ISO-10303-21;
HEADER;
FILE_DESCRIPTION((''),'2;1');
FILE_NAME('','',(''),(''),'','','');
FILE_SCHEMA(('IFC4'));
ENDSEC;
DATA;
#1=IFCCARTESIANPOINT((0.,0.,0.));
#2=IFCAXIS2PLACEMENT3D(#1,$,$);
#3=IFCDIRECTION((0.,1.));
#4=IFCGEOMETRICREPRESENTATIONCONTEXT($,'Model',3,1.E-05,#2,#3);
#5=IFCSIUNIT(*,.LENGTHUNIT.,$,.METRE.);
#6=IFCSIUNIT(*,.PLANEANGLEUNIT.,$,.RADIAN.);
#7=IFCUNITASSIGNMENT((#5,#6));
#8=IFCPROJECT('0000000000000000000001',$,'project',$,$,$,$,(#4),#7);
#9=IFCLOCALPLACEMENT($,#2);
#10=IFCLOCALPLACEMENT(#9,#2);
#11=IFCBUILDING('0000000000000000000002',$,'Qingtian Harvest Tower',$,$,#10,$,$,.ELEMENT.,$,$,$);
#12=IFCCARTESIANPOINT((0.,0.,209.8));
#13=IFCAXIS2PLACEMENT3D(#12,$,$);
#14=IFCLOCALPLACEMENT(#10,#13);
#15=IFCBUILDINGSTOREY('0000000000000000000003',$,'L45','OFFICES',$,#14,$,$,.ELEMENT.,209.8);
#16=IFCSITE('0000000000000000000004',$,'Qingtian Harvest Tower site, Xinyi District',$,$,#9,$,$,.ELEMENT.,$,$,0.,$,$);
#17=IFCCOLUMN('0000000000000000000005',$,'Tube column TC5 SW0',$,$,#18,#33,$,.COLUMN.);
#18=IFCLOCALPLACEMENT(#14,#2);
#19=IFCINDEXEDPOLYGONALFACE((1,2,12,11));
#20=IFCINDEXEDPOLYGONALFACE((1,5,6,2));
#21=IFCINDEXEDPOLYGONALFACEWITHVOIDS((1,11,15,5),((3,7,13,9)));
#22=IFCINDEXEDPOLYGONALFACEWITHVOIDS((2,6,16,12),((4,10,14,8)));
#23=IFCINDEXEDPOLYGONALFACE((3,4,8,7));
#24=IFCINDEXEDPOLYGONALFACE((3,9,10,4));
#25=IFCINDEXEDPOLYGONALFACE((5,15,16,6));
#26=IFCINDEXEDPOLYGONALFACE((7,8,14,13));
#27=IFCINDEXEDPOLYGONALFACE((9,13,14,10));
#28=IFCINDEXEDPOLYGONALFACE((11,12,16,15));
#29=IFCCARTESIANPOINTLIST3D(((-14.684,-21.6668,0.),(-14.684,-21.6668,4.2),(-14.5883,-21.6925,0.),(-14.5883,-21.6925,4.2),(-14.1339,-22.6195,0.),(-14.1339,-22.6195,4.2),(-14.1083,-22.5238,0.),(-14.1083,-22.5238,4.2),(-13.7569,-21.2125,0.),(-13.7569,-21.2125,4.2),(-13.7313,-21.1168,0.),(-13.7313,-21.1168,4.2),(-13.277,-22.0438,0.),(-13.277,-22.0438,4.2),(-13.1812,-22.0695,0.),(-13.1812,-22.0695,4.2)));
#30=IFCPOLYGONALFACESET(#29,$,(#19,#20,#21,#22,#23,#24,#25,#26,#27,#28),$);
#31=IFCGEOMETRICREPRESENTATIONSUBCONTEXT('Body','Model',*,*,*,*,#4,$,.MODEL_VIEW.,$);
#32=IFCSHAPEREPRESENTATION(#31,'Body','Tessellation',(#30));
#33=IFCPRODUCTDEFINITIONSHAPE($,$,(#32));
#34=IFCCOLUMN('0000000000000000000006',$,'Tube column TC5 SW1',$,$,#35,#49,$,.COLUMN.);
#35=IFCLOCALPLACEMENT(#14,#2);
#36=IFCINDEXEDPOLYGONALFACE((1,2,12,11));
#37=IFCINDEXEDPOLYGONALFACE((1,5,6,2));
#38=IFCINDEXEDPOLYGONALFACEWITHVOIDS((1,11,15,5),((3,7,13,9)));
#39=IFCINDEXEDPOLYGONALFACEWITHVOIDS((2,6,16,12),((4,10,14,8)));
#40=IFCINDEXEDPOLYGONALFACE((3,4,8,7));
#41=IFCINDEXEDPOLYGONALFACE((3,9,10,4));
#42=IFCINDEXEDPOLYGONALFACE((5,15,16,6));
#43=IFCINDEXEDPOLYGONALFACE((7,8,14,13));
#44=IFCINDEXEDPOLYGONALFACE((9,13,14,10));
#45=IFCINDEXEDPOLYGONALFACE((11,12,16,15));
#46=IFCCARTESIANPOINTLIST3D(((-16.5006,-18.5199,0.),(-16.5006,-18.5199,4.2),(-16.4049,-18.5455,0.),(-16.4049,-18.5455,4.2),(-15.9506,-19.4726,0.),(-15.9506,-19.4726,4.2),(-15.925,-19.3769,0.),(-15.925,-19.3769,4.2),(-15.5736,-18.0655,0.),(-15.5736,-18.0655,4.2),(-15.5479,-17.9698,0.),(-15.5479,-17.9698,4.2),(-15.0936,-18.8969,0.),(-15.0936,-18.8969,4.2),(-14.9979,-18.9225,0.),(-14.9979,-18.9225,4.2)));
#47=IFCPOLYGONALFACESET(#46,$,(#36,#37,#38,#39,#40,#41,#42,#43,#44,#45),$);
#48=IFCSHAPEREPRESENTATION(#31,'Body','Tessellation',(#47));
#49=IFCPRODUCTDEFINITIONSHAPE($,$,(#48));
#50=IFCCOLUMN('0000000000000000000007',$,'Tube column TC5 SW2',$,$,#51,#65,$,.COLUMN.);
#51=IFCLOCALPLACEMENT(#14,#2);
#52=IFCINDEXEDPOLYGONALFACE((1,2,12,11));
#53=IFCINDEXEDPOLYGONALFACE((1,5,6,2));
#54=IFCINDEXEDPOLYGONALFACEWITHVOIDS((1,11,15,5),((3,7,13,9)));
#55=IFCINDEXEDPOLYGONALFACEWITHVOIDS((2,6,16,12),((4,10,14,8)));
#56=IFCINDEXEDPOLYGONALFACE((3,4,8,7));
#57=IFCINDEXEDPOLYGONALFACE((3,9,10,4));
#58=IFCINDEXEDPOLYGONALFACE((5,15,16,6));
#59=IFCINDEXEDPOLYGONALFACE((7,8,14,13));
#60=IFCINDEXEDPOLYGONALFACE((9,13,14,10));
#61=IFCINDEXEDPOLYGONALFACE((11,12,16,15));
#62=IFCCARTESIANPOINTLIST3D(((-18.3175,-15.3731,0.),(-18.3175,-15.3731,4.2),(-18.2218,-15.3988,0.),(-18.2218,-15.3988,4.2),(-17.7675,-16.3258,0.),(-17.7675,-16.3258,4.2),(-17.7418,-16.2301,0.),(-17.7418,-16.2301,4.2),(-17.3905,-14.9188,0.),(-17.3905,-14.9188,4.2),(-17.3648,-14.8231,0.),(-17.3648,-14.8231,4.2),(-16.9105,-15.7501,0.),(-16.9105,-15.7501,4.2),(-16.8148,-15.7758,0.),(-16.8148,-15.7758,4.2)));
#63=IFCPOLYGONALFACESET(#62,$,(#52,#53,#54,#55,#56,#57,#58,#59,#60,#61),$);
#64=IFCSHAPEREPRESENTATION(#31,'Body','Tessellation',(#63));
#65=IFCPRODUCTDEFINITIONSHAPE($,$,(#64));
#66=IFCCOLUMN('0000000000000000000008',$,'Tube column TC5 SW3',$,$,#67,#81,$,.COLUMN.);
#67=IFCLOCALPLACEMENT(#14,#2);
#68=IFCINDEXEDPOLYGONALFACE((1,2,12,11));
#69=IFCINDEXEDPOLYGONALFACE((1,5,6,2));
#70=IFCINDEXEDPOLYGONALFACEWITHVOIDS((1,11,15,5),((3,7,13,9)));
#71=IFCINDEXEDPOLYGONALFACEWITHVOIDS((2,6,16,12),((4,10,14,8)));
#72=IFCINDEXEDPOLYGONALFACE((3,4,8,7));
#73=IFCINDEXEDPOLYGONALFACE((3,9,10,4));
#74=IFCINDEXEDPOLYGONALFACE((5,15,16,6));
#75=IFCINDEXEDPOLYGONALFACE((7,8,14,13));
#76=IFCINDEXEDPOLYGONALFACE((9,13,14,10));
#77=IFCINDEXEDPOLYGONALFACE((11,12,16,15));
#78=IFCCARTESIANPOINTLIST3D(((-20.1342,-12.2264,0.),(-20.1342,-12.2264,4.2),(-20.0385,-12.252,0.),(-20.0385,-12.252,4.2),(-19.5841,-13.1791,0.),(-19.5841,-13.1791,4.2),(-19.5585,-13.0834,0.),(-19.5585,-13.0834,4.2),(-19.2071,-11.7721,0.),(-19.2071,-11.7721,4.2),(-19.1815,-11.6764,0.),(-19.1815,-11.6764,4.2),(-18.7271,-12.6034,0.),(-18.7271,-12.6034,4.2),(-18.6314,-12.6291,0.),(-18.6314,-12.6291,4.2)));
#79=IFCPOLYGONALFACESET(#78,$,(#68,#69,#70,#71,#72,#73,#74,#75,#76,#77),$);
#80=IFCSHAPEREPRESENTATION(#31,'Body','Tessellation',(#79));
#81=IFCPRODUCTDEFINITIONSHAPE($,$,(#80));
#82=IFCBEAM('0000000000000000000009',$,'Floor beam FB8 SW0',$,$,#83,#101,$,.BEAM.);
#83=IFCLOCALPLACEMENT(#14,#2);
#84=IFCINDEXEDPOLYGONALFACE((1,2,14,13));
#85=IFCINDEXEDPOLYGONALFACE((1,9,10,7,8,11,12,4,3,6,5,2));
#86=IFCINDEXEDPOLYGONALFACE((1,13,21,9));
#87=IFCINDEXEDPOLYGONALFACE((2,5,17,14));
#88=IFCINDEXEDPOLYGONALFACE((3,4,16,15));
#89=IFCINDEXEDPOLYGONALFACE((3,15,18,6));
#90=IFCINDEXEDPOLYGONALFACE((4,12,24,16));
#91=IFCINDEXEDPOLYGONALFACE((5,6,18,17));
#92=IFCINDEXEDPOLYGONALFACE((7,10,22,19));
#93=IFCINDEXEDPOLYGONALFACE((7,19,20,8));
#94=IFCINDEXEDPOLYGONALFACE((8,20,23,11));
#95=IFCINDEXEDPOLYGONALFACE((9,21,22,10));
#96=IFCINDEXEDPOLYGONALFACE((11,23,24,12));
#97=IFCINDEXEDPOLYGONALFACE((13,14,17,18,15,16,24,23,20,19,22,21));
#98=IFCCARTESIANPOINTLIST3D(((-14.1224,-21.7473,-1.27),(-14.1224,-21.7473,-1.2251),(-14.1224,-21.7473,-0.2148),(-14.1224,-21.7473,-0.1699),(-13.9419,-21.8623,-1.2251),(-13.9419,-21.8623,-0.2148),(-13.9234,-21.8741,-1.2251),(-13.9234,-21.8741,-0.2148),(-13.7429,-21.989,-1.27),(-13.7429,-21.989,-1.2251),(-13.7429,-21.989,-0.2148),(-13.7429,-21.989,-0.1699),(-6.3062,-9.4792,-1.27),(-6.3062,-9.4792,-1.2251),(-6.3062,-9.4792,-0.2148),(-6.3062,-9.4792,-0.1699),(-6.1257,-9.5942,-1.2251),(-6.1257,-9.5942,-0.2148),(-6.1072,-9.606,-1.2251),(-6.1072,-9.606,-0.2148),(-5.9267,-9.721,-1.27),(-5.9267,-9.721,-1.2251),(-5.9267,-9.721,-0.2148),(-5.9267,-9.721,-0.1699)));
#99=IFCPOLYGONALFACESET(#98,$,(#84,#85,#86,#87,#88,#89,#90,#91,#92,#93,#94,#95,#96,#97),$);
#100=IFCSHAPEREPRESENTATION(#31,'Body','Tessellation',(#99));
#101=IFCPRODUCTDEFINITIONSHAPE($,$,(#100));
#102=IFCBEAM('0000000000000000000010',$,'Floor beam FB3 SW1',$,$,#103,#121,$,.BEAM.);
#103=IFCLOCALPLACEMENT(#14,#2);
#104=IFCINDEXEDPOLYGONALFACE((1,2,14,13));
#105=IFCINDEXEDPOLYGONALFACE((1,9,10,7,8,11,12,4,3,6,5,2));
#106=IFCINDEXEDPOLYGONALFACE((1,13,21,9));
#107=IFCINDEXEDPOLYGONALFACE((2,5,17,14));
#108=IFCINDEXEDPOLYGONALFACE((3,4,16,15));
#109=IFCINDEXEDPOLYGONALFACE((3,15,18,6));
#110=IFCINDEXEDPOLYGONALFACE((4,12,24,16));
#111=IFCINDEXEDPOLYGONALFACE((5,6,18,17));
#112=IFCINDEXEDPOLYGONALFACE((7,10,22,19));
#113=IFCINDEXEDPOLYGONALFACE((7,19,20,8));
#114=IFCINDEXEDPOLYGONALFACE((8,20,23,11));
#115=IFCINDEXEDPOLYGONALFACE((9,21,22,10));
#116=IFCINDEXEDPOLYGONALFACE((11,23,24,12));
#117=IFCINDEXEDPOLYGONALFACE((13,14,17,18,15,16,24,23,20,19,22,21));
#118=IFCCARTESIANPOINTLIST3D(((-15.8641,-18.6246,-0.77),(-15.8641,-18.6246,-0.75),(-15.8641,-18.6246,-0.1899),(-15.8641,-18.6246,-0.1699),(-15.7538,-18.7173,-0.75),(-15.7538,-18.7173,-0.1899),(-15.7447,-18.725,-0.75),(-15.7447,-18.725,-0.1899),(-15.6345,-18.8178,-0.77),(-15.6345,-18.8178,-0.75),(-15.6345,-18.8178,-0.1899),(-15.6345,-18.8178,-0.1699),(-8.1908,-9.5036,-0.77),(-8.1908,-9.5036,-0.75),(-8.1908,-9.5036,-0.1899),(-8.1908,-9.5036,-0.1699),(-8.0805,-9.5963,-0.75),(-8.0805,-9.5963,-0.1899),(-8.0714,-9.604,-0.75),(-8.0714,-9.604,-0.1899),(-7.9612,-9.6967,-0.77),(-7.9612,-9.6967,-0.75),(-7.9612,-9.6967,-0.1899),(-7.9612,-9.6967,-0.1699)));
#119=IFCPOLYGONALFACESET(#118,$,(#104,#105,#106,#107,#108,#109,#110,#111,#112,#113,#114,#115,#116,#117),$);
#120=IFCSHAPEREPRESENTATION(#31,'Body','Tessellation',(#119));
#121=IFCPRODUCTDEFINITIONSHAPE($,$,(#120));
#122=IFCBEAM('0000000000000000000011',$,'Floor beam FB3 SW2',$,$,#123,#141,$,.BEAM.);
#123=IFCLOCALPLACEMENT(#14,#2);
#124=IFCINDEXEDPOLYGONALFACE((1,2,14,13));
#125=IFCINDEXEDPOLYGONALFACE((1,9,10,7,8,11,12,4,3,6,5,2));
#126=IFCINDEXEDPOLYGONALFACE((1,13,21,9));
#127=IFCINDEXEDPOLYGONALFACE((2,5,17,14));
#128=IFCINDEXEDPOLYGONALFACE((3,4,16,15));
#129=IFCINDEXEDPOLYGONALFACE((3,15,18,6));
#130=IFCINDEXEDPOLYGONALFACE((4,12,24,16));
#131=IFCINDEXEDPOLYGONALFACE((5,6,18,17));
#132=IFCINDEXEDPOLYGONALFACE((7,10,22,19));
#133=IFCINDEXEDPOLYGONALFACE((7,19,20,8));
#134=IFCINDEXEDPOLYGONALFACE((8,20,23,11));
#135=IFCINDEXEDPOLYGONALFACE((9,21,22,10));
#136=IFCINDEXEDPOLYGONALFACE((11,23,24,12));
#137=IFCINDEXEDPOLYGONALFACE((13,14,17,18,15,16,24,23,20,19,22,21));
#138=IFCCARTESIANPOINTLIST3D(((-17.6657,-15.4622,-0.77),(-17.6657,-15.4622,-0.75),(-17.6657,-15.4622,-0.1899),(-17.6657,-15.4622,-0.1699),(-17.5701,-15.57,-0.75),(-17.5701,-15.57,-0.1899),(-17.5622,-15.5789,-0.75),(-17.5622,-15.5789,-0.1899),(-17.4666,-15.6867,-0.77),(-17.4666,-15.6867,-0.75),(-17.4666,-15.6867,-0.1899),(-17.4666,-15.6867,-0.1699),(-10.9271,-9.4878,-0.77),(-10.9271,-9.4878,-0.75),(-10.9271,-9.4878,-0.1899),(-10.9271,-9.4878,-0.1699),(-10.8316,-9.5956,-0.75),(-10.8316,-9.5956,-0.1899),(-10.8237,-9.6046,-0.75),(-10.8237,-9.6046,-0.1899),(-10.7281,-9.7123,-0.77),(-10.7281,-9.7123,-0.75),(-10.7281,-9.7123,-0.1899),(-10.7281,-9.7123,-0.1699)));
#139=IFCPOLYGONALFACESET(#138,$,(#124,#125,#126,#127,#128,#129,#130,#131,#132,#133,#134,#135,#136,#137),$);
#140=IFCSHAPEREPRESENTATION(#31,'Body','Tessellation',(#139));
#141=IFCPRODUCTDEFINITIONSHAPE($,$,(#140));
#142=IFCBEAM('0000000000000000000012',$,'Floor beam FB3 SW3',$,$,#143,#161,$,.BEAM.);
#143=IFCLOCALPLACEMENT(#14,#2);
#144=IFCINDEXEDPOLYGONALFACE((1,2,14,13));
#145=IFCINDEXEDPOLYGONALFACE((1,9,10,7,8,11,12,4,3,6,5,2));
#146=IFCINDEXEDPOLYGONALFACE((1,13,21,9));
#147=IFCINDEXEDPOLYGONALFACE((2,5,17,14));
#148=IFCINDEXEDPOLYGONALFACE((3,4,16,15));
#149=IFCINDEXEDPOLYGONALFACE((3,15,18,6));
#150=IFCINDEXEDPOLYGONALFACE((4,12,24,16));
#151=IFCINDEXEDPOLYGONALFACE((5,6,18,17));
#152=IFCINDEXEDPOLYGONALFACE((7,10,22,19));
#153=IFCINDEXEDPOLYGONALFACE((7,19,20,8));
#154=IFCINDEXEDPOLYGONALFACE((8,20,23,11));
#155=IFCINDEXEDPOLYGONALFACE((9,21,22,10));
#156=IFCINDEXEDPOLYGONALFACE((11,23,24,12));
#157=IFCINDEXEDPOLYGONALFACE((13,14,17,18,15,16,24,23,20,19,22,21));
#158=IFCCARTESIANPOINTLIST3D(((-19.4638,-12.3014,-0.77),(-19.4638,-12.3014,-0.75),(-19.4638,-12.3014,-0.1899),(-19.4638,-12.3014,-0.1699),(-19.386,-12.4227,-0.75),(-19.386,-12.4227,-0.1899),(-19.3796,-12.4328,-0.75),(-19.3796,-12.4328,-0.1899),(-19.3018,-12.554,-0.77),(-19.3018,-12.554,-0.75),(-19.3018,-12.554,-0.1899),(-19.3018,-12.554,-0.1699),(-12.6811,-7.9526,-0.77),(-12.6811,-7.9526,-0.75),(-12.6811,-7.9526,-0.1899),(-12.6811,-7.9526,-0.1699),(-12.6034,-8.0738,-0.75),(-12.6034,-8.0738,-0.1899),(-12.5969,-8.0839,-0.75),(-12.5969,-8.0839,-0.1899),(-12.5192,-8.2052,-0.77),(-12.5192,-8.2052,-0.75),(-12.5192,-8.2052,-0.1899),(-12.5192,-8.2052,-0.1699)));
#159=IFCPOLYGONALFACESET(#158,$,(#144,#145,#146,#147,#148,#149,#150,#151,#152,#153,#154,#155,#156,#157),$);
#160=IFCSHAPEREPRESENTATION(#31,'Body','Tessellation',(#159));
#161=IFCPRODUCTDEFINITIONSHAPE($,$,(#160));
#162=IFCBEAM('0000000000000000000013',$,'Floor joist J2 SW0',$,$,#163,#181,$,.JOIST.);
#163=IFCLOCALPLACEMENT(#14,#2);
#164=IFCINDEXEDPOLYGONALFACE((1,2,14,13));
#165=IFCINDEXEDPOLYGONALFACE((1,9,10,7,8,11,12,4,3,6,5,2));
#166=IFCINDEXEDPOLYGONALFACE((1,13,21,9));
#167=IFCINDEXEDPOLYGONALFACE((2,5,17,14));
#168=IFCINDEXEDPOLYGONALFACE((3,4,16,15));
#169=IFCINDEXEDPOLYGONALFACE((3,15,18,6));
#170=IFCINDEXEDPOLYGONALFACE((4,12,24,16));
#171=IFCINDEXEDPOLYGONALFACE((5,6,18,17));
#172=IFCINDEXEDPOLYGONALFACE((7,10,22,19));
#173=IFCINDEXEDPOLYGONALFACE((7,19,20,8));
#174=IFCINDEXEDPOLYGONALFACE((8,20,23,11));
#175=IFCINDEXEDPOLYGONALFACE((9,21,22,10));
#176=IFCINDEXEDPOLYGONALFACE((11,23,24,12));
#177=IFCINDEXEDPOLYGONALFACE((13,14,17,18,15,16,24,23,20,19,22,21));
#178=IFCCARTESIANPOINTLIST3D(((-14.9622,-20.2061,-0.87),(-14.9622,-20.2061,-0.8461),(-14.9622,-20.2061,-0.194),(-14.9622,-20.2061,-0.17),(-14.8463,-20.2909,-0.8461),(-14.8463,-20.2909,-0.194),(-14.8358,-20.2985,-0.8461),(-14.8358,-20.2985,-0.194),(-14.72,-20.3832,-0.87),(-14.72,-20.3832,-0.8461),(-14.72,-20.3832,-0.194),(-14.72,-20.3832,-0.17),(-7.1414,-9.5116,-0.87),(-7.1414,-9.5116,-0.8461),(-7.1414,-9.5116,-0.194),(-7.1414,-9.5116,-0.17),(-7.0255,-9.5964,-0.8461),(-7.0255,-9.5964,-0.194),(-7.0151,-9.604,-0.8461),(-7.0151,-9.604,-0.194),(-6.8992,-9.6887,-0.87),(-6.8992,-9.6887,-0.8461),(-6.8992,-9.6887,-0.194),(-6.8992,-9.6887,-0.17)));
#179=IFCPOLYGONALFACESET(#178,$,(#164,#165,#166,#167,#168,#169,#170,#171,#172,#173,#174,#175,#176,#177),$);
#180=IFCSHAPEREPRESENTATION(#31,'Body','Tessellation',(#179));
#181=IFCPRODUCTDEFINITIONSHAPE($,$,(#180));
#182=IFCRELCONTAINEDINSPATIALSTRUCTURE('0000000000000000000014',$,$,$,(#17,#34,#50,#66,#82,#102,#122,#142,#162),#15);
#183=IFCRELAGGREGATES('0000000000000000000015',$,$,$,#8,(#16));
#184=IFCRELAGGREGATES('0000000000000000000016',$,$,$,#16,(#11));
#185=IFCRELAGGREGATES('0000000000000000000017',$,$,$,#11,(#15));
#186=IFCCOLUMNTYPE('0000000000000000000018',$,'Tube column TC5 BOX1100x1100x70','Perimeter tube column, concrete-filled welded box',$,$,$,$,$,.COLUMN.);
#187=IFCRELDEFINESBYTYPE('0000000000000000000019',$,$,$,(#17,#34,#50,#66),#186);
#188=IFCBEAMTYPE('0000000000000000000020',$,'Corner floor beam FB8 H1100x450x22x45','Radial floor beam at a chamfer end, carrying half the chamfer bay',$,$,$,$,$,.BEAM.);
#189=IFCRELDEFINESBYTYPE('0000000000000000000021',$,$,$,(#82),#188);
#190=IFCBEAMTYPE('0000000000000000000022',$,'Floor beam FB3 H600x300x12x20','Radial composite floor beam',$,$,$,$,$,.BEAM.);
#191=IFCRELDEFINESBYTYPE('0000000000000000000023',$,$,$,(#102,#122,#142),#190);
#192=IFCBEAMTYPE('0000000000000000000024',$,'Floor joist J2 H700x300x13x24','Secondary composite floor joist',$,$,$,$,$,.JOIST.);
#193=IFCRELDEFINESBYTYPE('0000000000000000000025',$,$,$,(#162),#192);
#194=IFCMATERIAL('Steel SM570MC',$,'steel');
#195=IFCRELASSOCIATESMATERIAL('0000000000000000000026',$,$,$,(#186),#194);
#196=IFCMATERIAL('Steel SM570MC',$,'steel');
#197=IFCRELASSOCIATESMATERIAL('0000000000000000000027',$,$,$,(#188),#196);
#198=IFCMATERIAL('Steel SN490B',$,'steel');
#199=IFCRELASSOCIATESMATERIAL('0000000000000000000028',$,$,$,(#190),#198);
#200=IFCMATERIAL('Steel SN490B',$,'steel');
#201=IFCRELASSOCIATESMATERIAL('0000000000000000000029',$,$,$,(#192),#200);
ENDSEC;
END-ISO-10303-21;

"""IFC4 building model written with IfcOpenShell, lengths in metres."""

from ifc_helpers import new_model, si_unit, direction, frame, origin, origin_2d, place, context, subcontext, project, spatial, hollow_rectangle, i_section, extrude, material, material_profile, profile_set, type_object, element, save


model = new_model("IFC4")

# Units and contexts
model_context = context("Model", 3, precision=1e-05, world=origin(), true_north=direction((0.0, 1.0)))
body_context = subcontext(model_context, "Body", "Model", "MODEL_VIEW")
ifc_project = project(units=[si_unit("LENGTHUNIT", "METRE"), si_unit("PLANEANGLEUNIT", "RADIAN")], contexts=[model_context])

# Site, building, storey
site_placement = place(None, origin())
site = spatial("IfcSite", under=ifc_project, at=site_placement, Name="Qingtian Harvest Tower site, Xinyi District", CompositionType="ELEMENT", RefElevation=0.0)
building_placement = place(site_placement, origin())
building = spatial("IfcBuilding", under=site, at=building_placement, Name="Qingtian Harvest Tower", CompositionType="ELEMENT")
storey_placement = place(building_placement, frame((0.0, 0.0, 209.8)))
storey = spatial("IfcBuildingStorey", under=building, at=storey_placement, Name="L45", Description="OFFICES", CompositionType="ELEMENT", Elevation=209.8)

# Columns
ifc_material_1 = material(Name="Steel SM570MC", Category="steel")
ifc_material_profile_1 = material_profile(ifc_material_1, hollow_rectangle(XDim=1.1001, YDim=1.1001, WallThickness=0.0701, at=origin_2d()), Name="BOX1100x1100x70")
ifc_profile_set_1 = profile_set([ifc_material_profile_1], Name="Steel SM570MC")
column_type = type_object("IfcColumnType", Name="Tube column TC5 BOX1100x1100x70", Description="Perimeter tube column, concrete-filled welded box", PredefinedType="COLUMN", material=ifc_profile_set_1)
for number, where, z_axis, x_axis, name in (
    (1, (-13.9326, -21.8682, 0.0), (0.0, 0.0, 1.0), (0.5, -0.866025, 0.0), "Tube column TC5 SW0"),
    (2, (-15.7493, -18.7212, 0.0), (0.0, 0.0, 1.0), (0.5, -0.866025, 0.0), "Tube column TC5 SW1"),
    (3, (-17.5662, -15.5745, 0.0), (0.0, 0.0, 1.0), (0.5, -0.866025, 0.0), "Tube column TC5 SW2"),
    (4, (-19.3828, -12.4277, 0.0), (0.0, 0.0, 1.0), (0.5, -0.866025, 0.0), "Tube column TC5 SW3"),
):
    element("IfcColumn", number, at=place(storey_placement, frame(where, z_axis=z_axis, x_axis=x_axis)), inside=storey, type_object=column_type, Name=name, PredefinedType="COLUMN", context=body_context, shape_type="SweptSolid", body=[
        extrude(hollow_rectangle(XDim=1.1001, YDim=1.1001, WallThickness=0.0701, at=origin_2d()), origin(), (0.0, 0.0, 1.0), 4.2),
    ])

# Beams
ifc_material_2 = material(Name="Steel SM570MC", Category="steel")
ifc_material_profile_2 = material_profile(ifc_material_2, i_section(OverallWidth=0.45, OverallDepth=1.1001, WebThickness=0.022, FlangeThickness=0.0449, at=origin_2d()), Name="H1100x450x22x45")
ifc_profile_set_2 = profile_set([ifc_material_profile_2], Name="Steel SM570MC")
beam_type_1 = type_object("IfcBeamType", Name="Corner floor beam FB8 H1100x450x22x45", Description="Radial floor beam at a chamfer end, carrying half the chamfer bay", PredefinedType="BEAM", material=ifc_profile_set_2)
beam_1_placement = place(storey_placement, frame((-13.9326, -21.8682, -0.72), z_axis=(0.537326, 0.843375, 0.0), x_axis=(-0.843375, 0.537326, 0.0)))
element("IfcBeam", 5, at=beam_1_placement, inside=storey, type_object=beam_type_1, Name="Floor beam FB8 SW0", PredefinedType="BEAM", context=body_context, shape_type="SweptSolid", body=[
    extrude(i_section(OverallWidth=0.45, OverallDepth=1.1001, WebThickness=0.022, FlangeThickness=0.0449, at=origin_2d()), origin(), (0.0, 0.0, 1.0), 14.5464),
])
ifc_material_3 = material(Name="Steel SN490B", Category="steel")
ifc_material_profile_3 = material_profile(ifc_material_3, i_section(OverallWidth=0.3, OverallDepth=0.6001, WebThickness=0.012, FlangeThickness=0.02, at=origin_2d()), Name="H600x300x12x20")
ifc_profile_set_3 = profile_set([ifc_material_profile_3], Name="Steel SN490B")
beam_type_2 = type_object("IfcBeamType", Name="Floor beam FB3 H600x300x12x20", Description="Radial composite floor beam", PredefinedType="BEAM", material=ifc_profile_set_3)
beam_2_placement = place(storey_placement, frame((-15.7493, -18.7212, -0.47), z_axis=(0.643764, 0.765224, 0.0), x_axis=(-0.765224, 0.643764, 0.0)))
element("IfcBeam", 6, at=beam_2_placement, inside=storey, type_object=beam_type_2, Name="Floor beam FB3 SW1", PredefinedType="BEAM", context=body_context, shape_type="SweptSolid", body=[
    extrude(i_section(OverallWidth=0.3, OverallDepth=0.6001, WebThickness=0.012, FlangeThickness=0.02, at=origin_2d()), origin(), (0.0, 0.0, 1.0), 11.9194),
])
beam_3_placement = place(storey_placement, frame((-17.5662, -15.5745, -0.47), z_axis=(0.74826, 0.663406, 0.0), x_axis=(-0.663406, 0.74826, 0.0)))
element("IfcBeam", 7, at=beam_3_placement, inside=storey, type_object=beam_type_2, Name="Floor beam FB3 SW2", PredefinedType="BEAM", context=body_context, shape_type="SweptSolid", body=[
    extrude(i_section(OverallWidth=0.3, OverallDepth=0.6001, WebThickness=0.012, FlangeThickness=0.02, at=origin_2d()), origin(), (0.0, 0.0, 1.0), 9.0056),
])
beam_4_placement = place(storey_placement, frame((-19.3828, -12.4277, -0.47), z_axis=(0.841824, 0.539753, 0.0), x_axis=(-0.539753, 0.841824, 0.0)))
element("IfcBeam", 8, at=beam_4_placement, inside=storey, type_object=beam_type_2, Name="Floor beam FB3 SW3", PredefinedType="BEAM", context=body_context, shape_type="SweptSolid", body=[
    extrude(i_section(OverallWidth=0.3, OverallDepth=0.6001, WebThickness=0.012, FlangeThickness=0.02, at=origin_2d()), origin(), (0.0, 0.0, 1.0), 8.0571),
])
ifc_material_4 = material(Name="Steel SN490B", Category="steel")
ifc_material_profile_4 = material_profile(ifc_material_4, i_section(OverallWidth=0.3, OverallDepth=0.7, WebThickness=0.0129, FlangeThickness=0.0239, at=origin_2d()), Name="H700x300x13x24")
ifc_profile_set_4 = profile_set([ifc_material_profile_4], Name="Steel SN490B")
beam_type_3 = type_object("IfcBeamType", Name="Floor joist J2 H700x300x13x24", Description="Secondary composite floor joist", PredefinedType="JOIST", material=ifc_profile_set_4)
beam_5_placement = place(storey_placement, frame((-14.8411, -20.2947, -0.52), z_axis=(0.590289, 0.807192, 0.0), x_axis=(-0.807192, 0.590289, 0.0)))
element("IfcBeam", 9, at=beam_5_placement, inside=storey, type_object=beam_type_3, Name="Floor joist J2 SW0", PredefinedType="JOIST", context=body_context, shape_type="SweptSolid", body=[
    extrude(i_section(OverallWidth=0.3, OverallDepth=0.7, WebThickness=0.0129, FlangeThickness=0.0239, at=origin_2d()), origin(), (0.0, 0.0, 1.0), 13.249),
])

save(model, "model.ifc")
